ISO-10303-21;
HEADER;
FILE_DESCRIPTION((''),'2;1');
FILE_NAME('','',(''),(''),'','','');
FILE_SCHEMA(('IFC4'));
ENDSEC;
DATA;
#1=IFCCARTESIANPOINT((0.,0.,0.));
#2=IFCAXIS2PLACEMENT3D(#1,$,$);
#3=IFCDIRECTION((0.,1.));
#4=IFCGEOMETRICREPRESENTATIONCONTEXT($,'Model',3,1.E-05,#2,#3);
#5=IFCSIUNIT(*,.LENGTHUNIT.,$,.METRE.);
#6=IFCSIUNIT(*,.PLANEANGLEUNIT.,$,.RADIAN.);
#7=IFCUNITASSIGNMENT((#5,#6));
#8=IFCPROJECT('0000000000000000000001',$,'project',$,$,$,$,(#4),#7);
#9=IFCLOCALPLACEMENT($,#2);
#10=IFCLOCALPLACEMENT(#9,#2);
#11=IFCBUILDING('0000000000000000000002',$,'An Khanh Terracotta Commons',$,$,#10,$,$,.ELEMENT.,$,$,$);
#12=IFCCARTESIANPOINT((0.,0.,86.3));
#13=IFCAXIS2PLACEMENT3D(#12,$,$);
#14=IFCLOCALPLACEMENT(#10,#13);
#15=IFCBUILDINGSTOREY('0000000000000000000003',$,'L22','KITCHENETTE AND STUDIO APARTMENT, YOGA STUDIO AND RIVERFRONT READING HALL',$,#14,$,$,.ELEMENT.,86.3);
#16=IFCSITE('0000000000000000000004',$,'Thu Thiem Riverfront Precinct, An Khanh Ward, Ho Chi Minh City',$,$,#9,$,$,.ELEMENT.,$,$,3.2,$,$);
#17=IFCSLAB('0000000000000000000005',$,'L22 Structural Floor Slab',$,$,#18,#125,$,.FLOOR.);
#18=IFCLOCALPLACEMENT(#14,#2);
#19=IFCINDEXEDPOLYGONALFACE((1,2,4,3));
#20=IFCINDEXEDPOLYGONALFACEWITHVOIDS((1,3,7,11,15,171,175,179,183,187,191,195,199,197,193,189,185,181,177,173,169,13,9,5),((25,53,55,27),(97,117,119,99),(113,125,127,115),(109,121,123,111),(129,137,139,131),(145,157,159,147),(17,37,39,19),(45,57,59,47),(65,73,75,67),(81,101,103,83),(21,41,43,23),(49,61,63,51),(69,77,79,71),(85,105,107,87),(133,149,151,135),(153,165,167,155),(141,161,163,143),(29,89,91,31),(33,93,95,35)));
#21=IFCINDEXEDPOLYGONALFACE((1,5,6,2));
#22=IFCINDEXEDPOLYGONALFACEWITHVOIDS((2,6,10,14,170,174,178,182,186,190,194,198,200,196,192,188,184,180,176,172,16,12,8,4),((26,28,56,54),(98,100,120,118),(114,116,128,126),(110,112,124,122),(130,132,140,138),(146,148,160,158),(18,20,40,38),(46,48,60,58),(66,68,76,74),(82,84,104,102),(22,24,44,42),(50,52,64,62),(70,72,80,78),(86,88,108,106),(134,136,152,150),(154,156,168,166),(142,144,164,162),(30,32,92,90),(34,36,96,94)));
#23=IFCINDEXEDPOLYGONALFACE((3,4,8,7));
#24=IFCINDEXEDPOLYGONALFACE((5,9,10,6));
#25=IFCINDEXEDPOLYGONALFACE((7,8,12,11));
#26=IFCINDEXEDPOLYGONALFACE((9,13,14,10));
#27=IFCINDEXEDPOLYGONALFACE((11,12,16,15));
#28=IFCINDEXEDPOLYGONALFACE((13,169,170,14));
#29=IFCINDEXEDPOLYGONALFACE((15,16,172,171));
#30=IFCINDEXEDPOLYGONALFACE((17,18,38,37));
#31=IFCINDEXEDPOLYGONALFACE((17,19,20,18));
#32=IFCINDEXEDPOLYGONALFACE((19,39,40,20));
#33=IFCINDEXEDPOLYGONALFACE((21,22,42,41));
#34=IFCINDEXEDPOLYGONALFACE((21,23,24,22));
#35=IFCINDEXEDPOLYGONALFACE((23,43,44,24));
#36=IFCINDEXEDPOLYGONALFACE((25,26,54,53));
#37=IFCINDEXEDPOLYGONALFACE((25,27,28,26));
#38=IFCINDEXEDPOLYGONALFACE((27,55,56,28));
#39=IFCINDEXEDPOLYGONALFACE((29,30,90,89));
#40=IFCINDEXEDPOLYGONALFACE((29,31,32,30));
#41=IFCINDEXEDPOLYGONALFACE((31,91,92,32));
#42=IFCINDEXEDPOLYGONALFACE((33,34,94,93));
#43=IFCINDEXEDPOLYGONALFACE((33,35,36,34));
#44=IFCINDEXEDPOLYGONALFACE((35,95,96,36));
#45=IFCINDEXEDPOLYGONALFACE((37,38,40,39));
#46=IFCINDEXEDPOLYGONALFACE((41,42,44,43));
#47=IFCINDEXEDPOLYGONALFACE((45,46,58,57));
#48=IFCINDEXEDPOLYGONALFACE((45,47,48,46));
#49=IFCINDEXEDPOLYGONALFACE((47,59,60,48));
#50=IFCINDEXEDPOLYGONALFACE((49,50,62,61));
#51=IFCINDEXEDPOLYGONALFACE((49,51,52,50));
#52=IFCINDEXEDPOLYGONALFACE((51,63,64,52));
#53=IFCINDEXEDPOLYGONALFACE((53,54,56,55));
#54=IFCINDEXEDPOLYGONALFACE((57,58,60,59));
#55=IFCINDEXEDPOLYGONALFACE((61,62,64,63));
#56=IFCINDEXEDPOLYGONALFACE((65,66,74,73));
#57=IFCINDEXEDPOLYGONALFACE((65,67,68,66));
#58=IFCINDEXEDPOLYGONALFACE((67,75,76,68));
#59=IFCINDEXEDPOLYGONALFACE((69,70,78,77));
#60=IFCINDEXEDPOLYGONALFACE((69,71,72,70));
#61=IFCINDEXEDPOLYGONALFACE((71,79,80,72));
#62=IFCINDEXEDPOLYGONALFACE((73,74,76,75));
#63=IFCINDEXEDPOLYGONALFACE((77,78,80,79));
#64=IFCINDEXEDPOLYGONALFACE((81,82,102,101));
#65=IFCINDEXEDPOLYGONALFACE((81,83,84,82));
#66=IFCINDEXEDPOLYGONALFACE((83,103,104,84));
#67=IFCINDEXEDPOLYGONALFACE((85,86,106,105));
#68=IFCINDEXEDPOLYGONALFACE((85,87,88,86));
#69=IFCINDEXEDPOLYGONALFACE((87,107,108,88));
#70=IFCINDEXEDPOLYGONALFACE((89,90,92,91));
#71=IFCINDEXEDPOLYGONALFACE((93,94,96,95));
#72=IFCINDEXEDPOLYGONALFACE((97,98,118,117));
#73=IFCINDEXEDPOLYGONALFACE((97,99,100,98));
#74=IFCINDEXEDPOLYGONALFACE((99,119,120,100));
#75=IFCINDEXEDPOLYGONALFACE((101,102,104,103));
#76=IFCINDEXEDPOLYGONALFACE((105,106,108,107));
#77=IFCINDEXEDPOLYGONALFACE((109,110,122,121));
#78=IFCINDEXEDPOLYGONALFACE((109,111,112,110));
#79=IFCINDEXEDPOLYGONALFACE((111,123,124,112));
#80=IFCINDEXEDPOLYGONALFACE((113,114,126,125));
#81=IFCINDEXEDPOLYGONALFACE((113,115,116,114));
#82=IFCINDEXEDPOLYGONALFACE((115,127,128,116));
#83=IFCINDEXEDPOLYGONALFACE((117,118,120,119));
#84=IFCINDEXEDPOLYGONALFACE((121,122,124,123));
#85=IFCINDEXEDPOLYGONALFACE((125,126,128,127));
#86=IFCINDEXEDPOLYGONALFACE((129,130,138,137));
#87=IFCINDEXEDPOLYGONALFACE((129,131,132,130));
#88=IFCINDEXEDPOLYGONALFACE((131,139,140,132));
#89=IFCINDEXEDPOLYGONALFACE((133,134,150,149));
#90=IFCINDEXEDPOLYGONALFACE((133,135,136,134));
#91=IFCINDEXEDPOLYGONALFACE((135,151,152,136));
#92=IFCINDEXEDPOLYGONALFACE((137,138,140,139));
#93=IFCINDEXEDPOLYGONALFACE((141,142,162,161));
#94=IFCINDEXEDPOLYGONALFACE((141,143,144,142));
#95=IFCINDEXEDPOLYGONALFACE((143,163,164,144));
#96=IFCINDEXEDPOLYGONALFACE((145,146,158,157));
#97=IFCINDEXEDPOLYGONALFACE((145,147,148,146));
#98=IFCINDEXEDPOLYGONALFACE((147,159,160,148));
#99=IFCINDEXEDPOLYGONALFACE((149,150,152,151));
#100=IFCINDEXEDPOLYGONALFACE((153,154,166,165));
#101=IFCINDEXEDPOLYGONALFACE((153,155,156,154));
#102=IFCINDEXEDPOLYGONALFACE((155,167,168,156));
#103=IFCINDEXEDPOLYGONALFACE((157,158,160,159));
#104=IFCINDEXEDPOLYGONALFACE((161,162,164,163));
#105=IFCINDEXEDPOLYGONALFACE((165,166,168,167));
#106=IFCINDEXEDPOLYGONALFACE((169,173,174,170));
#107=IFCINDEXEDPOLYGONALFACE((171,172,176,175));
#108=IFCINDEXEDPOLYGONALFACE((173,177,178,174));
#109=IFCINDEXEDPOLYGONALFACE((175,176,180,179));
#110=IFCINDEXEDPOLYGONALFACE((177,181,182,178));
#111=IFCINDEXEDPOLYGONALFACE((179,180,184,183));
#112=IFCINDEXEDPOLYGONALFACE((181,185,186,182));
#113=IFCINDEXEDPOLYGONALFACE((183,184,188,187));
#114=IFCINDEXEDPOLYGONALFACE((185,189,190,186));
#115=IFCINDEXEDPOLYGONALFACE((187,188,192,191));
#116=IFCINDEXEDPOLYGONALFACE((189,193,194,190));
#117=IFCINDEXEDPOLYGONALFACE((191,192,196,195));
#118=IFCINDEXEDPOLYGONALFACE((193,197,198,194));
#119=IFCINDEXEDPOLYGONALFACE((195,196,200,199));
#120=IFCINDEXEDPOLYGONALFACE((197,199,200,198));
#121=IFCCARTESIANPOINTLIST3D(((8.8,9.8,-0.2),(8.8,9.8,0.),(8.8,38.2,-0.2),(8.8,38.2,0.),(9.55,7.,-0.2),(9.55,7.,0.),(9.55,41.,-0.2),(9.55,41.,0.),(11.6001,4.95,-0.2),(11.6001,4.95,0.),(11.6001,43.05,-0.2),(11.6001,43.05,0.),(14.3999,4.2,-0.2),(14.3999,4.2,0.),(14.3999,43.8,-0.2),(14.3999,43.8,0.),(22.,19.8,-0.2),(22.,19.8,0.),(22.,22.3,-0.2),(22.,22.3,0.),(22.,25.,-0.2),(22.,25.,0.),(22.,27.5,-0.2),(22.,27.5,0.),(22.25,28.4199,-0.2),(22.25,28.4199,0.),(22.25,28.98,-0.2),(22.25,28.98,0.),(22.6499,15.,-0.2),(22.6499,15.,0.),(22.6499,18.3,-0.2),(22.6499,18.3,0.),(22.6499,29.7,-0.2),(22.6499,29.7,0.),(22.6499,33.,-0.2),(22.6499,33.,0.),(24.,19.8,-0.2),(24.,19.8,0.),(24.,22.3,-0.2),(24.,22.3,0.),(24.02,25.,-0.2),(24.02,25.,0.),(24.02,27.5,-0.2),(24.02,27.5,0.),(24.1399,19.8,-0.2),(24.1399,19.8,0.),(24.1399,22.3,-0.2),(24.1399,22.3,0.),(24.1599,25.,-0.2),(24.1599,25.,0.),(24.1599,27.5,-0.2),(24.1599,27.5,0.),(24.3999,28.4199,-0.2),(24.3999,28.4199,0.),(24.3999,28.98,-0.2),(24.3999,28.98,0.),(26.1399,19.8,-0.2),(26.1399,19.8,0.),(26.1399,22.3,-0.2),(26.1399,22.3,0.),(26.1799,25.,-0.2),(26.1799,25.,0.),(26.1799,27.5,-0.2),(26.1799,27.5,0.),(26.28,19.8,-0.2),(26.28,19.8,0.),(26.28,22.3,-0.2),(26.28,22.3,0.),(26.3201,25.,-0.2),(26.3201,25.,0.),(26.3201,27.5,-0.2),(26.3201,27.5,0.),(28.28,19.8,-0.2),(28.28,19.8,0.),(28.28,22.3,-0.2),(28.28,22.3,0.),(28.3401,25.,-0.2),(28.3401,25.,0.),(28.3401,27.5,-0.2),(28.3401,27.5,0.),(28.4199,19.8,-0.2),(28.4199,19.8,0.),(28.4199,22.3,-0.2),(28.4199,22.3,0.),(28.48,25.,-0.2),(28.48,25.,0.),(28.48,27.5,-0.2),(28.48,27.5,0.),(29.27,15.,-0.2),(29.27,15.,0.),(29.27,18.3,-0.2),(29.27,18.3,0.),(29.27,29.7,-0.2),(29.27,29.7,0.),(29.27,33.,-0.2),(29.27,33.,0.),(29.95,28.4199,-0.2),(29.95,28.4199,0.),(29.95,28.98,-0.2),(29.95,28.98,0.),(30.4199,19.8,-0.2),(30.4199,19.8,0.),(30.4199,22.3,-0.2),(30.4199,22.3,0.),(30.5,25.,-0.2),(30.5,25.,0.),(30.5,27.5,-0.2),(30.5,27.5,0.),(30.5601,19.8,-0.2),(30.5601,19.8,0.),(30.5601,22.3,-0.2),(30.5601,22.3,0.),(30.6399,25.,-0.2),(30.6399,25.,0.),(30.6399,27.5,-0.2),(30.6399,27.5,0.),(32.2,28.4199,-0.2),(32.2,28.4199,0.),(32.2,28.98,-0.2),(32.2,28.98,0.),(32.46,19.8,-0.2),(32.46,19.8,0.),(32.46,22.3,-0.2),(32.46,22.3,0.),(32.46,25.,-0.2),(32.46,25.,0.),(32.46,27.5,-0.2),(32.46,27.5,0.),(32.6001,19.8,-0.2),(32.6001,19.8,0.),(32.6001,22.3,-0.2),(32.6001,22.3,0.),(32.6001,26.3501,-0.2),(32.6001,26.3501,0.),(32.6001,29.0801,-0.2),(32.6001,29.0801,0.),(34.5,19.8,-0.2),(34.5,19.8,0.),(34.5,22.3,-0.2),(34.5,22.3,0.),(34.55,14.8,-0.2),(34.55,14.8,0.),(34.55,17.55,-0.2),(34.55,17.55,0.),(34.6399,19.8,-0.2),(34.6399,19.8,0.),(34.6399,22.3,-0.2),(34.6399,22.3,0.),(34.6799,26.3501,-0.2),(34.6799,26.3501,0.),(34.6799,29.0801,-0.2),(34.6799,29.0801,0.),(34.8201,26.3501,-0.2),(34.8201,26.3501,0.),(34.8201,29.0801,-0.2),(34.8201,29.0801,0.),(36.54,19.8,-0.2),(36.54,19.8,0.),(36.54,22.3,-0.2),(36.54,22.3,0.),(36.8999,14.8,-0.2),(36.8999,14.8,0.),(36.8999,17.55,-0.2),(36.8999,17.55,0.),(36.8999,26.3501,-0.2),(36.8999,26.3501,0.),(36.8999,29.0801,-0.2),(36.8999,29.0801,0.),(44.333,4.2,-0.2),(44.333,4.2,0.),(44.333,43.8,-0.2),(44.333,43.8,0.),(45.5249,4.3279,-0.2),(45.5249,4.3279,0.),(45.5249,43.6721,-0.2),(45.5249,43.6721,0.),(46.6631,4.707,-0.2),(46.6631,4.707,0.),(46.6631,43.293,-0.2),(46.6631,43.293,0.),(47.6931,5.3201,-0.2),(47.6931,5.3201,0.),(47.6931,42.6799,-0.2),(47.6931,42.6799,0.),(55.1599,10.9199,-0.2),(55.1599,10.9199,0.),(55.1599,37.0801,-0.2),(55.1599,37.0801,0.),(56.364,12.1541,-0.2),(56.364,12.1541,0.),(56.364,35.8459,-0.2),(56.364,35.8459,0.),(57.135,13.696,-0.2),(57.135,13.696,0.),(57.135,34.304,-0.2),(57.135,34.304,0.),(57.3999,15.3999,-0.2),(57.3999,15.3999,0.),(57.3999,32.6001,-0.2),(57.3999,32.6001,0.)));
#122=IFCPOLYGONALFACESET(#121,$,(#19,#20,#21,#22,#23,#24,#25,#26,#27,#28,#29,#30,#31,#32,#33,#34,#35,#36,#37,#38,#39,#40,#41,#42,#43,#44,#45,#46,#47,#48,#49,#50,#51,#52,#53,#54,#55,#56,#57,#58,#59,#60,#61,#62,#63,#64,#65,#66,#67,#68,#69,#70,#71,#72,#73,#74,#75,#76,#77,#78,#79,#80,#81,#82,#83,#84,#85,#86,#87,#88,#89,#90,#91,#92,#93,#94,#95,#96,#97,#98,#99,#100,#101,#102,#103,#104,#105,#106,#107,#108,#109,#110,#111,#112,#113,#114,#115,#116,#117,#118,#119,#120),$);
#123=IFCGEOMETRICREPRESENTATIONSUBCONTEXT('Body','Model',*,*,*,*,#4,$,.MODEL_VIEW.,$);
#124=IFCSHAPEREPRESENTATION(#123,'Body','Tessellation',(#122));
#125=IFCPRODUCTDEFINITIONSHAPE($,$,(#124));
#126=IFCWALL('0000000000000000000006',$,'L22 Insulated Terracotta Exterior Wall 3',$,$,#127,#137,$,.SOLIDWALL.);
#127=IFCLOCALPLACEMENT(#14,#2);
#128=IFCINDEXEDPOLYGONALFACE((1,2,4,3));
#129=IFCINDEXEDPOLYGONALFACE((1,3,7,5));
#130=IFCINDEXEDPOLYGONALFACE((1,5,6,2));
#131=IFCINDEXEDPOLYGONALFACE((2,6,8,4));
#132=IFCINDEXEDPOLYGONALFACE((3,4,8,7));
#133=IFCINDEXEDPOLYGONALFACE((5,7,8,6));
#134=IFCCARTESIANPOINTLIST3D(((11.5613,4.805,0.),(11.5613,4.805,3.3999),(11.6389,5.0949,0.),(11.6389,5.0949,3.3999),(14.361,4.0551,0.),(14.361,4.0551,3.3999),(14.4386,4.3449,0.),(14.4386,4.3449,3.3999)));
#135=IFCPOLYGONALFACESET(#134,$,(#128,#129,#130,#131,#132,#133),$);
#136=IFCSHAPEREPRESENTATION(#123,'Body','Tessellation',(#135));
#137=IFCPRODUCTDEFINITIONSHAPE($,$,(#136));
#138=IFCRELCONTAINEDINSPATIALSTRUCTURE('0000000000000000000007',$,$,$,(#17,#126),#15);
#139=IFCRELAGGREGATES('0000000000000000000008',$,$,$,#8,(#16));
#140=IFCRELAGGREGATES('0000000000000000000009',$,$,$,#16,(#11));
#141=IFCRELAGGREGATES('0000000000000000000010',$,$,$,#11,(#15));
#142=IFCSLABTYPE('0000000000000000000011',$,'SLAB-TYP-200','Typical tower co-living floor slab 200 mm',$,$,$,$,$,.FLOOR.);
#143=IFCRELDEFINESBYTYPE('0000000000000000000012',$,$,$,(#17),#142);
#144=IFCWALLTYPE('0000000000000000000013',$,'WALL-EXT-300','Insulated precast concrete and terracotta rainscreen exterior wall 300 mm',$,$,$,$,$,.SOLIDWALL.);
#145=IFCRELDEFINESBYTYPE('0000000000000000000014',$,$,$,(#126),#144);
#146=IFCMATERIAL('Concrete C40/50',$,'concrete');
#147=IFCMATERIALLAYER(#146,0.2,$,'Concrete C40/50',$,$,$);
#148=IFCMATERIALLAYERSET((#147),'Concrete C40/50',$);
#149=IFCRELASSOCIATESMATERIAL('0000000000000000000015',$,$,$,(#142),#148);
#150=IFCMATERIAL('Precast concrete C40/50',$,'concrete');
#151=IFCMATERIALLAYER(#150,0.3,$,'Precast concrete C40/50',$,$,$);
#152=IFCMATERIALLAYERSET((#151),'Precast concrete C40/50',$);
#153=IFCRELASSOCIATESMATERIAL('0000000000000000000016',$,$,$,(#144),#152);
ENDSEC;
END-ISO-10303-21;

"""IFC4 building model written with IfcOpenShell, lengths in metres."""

from ifc_helpers import new_model, si_unit, direction, frame, frame_2d, origin, place, context, subcontext, project, spatial, polyline, rectangle, outline, extrude, material, layer, layer_set, type_object, element, save


model = new_model("IFC4")

# Units and contexts
model_context = context("Model", 3, precision=1e-05, world=origin(), true_north=direction((0.0, 1.0)))
body_context = subcontext(model_context, "Body", "Model", "MODEL_VIEW")
ifc_project = project(units=[si_unit("LENGTHUNIT", "METRE"), si_unit("PLANEANGLEUNIT", "RADIAN")], contexts=[model_context])

# Site, building, storey
site_placement = place(None, origin())
site = spatial("IfcSite", under=ifc_project, at=site_placement, Name="Thu Thiem Riverfront Precinct, An Khanh Ward, Ho Chi Minh City", CompositionType="ELEMENT", RefElevation=3.2)
building_placement = place(site_placement, origin())
building = spatial("IfcBuilding", under=site, at=building_placement, Name="An Khanh Terracotta Commons", CompositionType="ELEMENT")
storey_placement = place(building_placement, frame((0.0, 0.0, 86.3)))
storey = spatial("IfcBuildingStorey", under=building, at=storey_placement, Name="L22", Description="KITCHENETTE AND STUDIO APARTMENT, YOGA STUDIO AND RIVERFRONT READING HALL", CompositionType="ELEMENT", Elevation=86.3)

# Shared definitions
ifc_material_1 = material(Name="Concrete C40/50", Category="concrete")

# Shared definitions
ifc_material_2 = material(Name="Precast concrete C40/50", Category="concrete")

# Slab
ifc_layer_1 = layer(ifc_material_1, 0.2, Name="Concrete C40/50")
ifc_layer_set_1 = layer_set([ifc_layer_1], Name="Concrete C40/50")
slab_type_1 = type_object("IfcSlabType", Name="SLAB-TYP-200", Description="Typical tower co-living floor slab 200 mm", PredefinedType="FLOOR", material=ifc_layer_set_1)
slab_1_placement = place(storey_placement, frame((0.0, 0.0, -0.2)))
element("IfcSlab", 1, at=slab_1_placement, inside=storey, type_object=slab_type_1, Name="L22 Structural Floor Slab", PredefinedType="FLOOR", context=body_context, shape_type="SweptSolid", body=[
    extrude(outline(polyline([(8.8, 9.8), (9.55, 7.0), (11.6001, 4.95), (14.3999, 4.2), (44.333, 4.2), (45.5249, 4.3279), (46.6631, 4.707), (47.6931, 5.3201), (55.1599, 10.9199), (56.364, 12.1541), (57.135, 13.696), (57.3999, 15.3999), (57.3999, 32.6001), (57.135, 34.304), (56.364, 35.8459), (55.1599, 37.0801), (47.6931, 42.6799), (46.6631, 43.293), (45.5249, 43.6721), (44.333, 43.8), (14.3999, 43.8), (11.6001, 43.05), (9.55, 41.0), (8.8, 38.2), (8.8, 9.8)]), holes=[polyline([(22.6499, 29.7), (29.27, 29.7), (29.27, 33.0), (22.6499, 33.0), (22.6499, 29.7)]), polyline([(22.6499, 15.0), (29.27, 15.0), (29.27, 18.3), (22.6499, 18.3), (22.6499, 15.0)]), polyline([(32.6001, 26.3501), (34.6799, 26.3501), (34.6799, 29.0801), (32.6001, 29.0801), (32.6001, 26.3501)]), polyline([(34.8201, 26.3501), (36.8999, 26.3501), (36.8999, 29.0801), (34.8201, 29.0801), (34.8201, 26.3501)]), polyline([(34.55, 14.8), (36.8999, 14.8), (36.8999, 17.55), (34.55, 17.55), (34.55, 14.8)]), polyline([(22.0, 25.0), (24.02, 25.0), (24.02, 27.5), (22.0, 27.5), (22.0, 25.0)]), polyline([(24.1599, 25.0), (26.1799, 25.0), (26.1799, 27.5), (24.1599, 27.5), (24.1599, 25.0)]), polyline([(22.0, 19.8), (24.0, 19.8), (24.0, 22.3), (22.0, 22.3), (22.0, 19.8)]), polyline([(24.1399, 19.8), (26.1399, 19.8), (26.1399, 22.3), (24.1399, 22.3), (24.1399, 19.8)]), polyline([(26.3201, 25.0), (28.3401, 25.0), (28.3401, 27.5), (26.3201, 27.5), (26.3201, 25.0)]), polyline([(28.48, 25.0), (30.5, 25.0), (30.5, 27.5), (28.48, 27.5), (28.48, 25.0)]), polyline([(26.28, 19.8), (28.28, 19.8), (28.28, 22.3), (26.28, 22.3), (26.28, 19.8)]), polyline([(28.4199, 19.8), (30.4199, 19.8), (30.4199, 22.3), (28.4199, 22.3), (28.4199, 19.8)]), polyline([(30.6399, 25.0), (32.46, 25.0), (32.46, 27.5), (30.6399, 27.5), (30.6399, 25.0)]), polyline([(30.5601, 19.8), (32.46, 19.8), (32.46, 22.3), (30.5601, 22.3), (30.5601, 19.8)]), polyline([(32.6001, 19.8), (34.5, 19.8), (34.5, 22.3), (32.6001, 22.3), (32.6001, 19.8)]), polyline([(34.6399, 19.8), (36.54, 19.8), (36.54, 22.3), (34.6399, 22.3), (34.6399, 19.8)]), polyline([(22.25, 28.4199), (24.3999, 28.4199), (24.3999, 28.98), (22.25, 28.98), (22.25, 28.4199)]), polyline([(29.95, 28.4199), (32.2, 28.4199), (32.2, 28.98), (29.95, 28.98), (29.95, 28.4199)])]), origin(), (0.0, 0.0, 1.0), 0.2),
])

# Wall
ifc_layer_2 = layer(ifc_material_2, 0.3, Name="Precast concrete C40/50")
ifc_layer_set_2 = layer_set([ifc_layer_2], Name="Precast concrete C40/50")
wall_type = type_object("IfcWallType", Name="WALL-EXT-300", Description="Insulated precast concrete and terracotta rainscreen exterior wall 300 mm", PredefinedType="SOLIDWALL", material=ifc_layer_set_2)
wall_1_placement = place(storey_placement, frame((11.6001, 4.95, 0.0), z_axis=(0.0, 0.0, 1.0), x_axis=(0.965944, -0.258753, 0.0)))
element("IfcWall", 2, at=wall_1_placement, inside=storey, type_object=wall_type, Name="L22 Insulated Terracotta Exterior Wall 3", PredefinedType="SOLIDWALL", context=body_context, shape_type="SweptSolid", body=[
    extrude(rectangle(XDim=2.8984, YDim=0.3, at=frame_2d((1.4492, 0.0))), origin(), (0.0, 0.0, 1.0), 3.3999),
])

save(model, "model.ifc")
